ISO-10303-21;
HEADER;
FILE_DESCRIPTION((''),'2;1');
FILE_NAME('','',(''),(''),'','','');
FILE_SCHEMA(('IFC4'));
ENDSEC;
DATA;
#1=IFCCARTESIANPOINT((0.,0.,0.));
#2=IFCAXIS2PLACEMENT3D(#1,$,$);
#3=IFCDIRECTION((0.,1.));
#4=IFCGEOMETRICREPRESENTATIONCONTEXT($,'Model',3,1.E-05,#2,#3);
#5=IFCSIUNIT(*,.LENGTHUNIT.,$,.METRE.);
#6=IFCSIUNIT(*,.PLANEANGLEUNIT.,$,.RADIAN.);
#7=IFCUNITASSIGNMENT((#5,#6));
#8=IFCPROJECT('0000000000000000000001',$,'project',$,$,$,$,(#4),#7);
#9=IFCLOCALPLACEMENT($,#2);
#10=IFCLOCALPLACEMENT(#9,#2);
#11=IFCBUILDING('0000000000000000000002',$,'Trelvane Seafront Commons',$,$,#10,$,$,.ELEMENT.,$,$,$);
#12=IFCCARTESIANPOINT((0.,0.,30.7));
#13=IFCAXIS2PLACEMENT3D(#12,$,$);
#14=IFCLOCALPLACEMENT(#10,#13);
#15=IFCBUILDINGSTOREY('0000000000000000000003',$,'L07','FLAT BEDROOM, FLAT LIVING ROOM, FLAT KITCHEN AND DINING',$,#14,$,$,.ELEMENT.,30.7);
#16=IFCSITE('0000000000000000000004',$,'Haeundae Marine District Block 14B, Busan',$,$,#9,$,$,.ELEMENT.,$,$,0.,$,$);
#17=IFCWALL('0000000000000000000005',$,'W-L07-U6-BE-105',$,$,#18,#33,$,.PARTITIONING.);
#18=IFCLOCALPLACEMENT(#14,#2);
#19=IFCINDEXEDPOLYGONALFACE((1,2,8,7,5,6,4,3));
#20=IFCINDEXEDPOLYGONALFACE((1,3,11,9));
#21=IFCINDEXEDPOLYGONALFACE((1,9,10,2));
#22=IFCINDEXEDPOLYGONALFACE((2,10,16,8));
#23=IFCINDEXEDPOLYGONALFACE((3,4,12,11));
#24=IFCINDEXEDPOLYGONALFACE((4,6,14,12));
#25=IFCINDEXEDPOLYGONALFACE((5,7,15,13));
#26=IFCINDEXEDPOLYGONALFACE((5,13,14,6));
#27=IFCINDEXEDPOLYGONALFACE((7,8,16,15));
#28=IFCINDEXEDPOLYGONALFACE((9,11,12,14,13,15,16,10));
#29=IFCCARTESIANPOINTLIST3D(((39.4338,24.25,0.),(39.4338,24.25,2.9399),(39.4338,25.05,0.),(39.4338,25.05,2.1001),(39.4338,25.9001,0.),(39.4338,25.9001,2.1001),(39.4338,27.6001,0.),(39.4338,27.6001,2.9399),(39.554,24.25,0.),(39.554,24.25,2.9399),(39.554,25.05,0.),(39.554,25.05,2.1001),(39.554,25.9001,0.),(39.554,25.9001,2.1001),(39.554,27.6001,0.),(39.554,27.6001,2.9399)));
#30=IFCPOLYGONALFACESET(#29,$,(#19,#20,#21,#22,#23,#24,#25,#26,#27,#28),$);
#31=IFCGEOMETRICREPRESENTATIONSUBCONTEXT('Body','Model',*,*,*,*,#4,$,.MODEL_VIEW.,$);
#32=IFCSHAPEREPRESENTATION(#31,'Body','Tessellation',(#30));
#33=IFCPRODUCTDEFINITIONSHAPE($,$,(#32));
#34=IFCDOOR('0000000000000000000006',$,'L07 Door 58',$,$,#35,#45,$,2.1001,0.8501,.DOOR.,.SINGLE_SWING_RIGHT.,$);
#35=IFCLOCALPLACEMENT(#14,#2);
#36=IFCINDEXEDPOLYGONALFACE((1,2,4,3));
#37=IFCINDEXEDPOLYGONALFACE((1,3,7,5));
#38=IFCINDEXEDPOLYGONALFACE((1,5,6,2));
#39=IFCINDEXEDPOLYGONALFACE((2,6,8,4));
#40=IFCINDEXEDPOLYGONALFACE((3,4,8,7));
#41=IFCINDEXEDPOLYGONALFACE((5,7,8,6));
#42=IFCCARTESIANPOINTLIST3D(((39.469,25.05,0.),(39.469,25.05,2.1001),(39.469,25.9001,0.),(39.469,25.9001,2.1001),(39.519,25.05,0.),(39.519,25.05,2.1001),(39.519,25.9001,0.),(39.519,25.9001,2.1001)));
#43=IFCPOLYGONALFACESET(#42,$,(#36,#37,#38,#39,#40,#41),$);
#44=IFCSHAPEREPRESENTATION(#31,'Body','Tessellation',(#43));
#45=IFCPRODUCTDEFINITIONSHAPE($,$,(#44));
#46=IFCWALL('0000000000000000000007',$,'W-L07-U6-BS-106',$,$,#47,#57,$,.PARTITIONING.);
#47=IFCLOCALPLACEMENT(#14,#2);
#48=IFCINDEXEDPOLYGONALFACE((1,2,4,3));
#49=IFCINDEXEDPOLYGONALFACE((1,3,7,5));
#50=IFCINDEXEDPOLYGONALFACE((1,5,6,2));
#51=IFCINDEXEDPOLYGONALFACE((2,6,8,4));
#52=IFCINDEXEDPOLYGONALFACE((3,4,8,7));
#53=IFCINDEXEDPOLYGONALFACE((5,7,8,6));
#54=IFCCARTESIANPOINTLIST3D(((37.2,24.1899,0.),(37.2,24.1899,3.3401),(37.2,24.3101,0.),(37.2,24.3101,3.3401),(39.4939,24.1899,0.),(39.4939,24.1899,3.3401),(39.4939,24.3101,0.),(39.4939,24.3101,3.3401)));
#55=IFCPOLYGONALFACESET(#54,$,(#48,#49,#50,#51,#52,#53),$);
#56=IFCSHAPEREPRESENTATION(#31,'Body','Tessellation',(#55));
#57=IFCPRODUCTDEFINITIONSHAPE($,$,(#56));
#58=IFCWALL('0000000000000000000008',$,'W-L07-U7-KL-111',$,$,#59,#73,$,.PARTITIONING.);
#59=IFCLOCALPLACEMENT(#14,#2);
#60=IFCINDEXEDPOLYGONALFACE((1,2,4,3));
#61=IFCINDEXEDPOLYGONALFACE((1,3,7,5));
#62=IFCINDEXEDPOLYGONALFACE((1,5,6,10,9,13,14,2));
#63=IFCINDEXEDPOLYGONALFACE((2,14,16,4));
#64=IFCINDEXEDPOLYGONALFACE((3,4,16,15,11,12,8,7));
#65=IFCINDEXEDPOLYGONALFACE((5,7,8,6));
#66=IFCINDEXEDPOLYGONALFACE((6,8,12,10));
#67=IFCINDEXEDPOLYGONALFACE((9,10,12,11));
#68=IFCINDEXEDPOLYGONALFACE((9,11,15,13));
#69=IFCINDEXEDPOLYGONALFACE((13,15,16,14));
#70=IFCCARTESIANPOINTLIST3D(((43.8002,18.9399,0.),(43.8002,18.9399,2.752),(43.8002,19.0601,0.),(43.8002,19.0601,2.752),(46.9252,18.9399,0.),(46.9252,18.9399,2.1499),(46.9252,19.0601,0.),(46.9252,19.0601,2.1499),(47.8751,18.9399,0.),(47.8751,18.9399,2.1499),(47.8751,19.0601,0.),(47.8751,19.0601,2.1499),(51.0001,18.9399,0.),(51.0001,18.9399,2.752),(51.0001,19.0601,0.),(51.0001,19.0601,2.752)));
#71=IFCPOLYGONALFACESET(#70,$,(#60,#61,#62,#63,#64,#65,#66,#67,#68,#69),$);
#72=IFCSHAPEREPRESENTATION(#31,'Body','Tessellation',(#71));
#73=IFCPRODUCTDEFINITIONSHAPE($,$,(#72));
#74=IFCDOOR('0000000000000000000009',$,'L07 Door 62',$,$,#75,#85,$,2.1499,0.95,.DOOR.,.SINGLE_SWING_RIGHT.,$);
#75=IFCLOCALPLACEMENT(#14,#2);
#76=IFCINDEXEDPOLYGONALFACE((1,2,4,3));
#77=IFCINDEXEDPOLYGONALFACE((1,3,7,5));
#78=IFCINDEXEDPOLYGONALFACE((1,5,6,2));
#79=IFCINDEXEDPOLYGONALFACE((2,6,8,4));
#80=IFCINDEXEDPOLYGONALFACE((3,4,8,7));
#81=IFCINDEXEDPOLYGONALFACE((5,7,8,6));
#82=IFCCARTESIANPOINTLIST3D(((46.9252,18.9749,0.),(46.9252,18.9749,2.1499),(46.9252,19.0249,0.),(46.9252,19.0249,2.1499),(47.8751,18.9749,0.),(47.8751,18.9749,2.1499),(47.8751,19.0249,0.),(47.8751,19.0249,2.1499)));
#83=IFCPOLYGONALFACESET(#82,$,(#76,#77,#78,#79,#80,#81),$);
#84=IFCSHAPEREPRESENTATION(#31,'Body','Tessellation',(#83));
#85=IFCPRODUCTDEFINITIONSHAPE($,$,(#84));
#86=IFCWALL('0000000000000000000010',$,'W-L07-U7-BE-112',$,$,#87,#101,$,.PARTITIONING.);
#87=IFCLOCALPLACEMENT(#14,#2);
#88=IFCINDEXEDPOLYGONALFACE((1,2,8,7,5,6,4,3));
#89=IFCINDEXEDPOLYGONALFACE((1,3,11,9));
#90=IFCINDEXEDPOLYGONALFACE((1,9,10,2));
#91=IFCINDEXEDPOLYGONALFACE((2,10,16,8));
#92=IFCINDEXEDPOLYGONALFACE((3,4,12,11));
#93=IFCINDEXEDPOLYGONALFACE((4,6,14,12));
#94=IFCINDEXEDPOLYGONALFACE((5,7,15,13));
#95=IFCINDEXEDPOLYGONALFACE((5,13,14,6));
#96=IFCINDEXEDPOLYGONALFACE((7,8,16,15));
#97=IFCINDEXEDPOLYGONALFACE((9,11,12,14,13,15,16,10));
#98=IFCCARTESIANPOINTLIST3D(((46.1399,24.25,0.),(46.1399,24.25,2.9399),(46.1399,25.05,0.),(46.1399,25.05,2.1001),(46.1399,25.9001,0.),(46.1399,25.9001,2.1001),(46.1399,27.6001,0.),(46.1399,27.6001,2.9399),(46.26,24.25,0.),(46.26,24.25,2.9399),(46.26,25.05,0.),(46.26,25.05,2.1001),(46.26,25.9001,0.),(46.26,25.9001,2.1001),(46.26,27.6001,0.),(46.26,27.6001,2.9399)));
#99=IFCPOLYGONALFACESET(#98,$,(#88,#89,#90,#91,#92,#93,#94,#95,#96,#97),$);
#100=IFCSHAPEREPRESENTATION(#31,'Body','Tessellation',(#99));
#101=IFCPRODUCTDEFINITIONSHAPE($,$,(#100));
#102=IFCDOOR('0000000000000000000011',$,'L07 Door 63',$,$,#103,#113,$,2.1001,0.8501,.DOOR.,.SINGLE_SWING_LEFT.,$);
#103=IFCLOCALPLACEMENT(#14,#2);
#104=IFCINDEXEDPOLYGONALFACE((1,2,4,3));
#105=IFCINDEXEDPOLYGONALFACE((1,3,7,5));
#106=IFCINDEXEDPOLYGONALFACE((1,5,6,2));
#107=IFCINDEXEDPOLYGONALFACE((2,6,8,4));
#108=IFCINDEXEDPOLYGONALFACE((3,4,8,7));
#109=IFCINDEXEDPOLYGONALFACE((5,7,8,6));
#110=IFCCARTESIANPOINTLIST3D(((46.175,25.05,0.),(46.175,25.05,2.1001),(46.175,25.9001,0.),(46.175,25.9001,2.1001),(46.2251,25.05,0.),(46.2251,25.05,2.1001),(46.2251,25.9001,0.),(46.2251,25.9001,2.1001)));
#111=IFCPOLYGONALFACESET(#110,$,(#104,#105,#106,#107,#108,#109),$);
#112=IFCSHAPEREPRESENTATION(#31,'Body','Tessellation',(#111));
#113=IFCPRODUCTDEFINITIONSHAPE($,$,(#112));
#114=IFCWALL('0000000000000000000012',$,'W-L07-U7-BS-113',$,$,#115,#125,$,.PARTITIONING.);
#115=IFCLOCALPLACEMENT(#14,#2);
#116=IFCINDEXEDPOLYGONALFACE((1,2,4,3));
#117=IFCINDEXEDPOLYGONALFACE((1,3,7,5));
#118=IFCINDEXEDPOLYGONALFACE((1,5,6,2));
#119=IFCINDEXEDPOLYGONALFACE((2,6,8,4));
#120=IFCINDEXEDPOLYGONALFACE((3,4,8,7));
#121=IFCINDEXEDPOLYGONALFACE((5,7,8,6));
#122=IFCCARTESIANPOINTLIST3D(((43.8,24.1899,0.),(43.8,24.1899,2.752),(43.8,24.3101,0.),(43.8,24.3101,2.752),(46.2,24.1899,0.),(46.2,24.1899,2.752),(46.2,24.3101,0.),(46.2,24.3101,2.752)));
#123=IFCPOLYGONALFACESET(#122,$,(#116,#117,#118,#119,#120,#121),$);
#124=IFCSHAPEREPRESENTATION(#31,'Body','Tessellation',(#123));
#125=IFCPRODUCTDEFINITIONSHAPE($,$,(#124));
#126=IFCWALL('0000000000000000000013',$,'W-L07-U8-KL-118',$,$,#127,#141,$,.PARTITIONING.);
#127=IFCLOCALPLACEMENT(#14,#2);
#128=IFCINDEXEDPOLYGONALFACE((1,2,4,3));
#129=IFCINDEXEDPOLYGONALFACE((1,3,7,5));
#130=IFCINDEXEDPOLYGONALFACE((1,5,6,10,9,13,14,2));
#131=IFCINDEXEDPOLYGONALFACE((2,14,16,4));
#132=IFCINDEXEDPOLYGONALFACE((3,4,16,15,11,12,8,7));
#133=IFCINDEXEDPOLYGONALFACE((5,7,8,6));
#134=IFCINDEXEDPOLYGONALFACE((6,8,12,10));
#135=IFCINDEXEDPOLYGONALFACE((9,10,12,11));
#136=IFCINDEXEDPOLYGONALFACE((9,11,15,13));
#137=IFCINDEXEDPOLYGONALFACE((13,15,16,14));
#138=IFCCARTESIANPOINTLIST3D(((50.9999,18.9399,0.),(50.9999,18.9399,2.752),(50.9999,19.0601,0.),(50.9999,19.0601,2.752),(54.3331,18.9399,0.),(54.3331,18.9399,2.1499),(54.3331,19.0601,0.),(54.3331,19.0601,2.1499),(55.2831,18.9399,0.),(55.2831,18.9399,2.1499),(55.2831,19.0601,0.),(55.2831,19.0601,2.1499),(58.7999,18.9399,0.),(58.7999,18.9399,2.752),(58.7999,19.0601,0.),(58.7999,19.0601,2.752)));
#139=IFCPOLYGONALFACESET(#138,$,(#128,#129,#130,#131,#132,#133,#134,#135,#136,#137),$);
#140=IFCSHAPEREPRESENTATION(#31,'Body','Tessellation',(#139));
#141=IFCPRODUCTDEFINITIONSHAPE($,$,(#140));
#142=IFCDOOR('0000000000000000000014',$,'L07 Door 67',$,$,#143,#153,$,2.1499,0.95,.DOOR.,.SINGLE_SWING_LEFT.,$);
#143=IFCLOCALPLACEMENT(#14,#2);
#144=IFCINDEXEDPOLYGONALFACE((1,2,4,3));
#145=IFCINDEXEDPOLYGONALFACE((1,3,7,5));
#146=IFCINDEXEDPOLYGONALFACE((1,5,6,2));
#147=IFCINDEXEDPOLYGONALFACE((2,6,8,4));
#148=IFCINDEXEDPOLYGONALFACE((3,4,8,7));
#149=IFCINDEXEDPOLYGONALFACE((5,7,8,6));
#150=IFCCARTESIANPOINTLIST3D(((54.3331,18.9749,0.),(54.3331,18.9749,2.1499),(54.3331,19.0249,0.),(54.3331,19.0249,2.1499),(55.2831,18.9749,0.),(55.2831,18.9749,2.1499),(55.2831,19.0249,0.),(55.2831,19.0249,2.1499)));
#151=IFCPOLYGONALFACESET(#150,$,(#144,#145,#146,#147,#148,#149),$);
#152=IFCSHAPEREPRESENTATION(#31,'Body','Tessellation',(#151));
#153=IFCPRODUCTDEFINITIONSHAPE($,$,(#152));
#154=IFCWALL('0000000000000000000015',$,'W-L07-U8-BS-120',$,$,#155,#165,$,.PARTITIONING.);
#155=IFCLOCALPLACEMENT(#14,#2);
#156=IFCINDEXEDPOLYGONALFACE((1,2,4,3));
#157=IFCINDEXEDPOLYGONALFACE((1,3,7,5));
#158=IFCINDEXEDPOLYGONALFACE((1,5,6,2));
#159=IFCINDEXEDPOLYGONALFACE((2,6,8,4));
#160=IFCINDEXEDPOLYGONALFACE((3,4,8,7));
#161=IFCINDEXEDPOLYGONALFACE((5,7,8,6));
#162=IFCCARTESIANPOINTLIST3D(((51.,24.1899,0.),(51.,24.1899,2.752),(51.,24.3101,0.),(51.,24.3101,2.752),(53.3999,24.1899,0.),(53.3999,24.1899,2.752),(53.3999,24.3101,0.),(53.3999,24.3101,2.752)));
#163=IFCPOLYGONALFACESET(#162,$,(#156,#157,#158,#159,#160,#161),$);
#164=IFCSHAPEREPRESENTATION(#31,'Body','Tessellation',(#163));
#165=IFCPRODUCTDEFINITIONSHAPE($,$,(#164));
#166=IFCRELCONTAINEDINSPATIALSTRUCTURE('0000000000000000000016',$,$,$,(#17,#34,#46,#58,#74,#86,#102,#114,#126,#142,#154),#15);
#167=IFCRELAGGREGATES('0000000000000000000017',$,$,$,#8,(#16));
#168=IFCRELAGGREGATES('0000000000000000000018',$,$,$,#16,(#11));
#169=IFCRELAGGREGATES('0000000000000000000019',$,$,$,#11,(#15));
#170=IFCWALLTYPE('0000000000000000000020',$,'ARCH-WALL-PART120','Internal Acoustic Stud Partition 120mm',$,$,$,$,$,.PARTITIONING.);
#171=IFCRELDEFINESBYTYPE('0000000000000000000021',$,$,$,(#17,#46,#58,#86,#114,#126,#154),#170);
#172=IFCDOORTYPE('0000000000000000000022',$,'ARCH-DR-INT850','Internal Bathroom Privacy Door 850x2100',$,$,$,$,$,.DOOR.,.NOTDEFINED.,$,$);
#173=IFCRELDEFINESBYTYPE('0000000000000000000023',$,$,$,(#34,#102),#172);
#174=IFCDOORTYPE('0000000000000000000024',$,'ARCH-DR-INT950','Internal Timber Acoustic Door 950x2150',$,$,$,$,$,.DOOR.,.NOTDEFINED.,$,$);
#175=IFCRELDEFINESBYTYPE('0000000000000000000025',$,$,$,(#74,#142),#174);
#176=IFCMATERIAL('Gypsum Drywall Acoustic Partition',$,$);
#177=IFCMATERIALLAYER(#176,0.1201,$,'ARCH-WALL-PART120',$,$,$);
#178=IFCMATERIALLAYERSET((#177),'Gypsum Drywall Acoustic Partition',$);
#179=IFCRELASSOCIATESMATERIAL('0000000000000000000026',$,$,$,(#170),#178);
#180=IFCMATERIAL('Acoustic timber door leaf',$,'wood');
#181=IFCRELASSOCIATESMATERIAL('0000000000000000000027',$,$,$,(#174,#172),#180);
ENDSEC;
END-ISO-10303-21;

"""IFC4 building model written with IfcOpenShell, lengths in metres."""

from ifc_helpers import new_model, si_unit, direction, frame, frame_2d, origin, place, context, subcontext, project, spatial, rectangle, extrude, source, transform, mapped, material, layer, layer_set, type_object, element, fill, save


model = new_model("IFC4")

# Units and contexts
model_context = context("Model", 3, precision=1e-05, world=origin(), true_north=direction((0.0, 1.0)))
body_context = subcontext(model_context, "Body", "Model", "MODEL_VIEW")
ifc_project = project(units=[si_unit("LENGTHUNIT", "METRE"), si_unit("PLANEANGLEUNIT", "RADIAN")], contexts=[model_context])

# Site, building, storey
site_placement = place(None, origin())
site = spatial("IfcSite", under=ifc_project, at=site_placement, Name="Haeundae Marine District Block 14B, Busan", CompositionType="ELEMENT", RefElevation=0.0)
building_placement = place(site_placement, origin())
building = spatial("IfcBuilding", under=site, at=building_placement, Name="Trelvane Seafront Commons", CompositionType="ELEMENT")
storey_placement = place(building_placement, frame((0.0, 0.0, 30.7)))
storey = spatial("IfcBuildingStorey", under=building, at=storey_placement, Name="L07", Description="FLAT BEDROOM, FLAT LIVING ROOM, FLAT KITCHEN AND DINING", CompositionType="ELEMENT", Elevation=30.7)

# Wall, opening, door
ifc_material_1 = material(Name="Gypsum Drywall Acoustic Partition")
ifc_layer = layer(ifc_material_1, 0.1201, Name="ARCH-WALL-PART120")
ifc_layer_set = layer_set([ifc_layer], Name="Gypsum Drywall Acoustic Partition")
wall_type = type_object("IfcWallType", Name="ARCH-WALL-PART120", Description="Internal Acoustic Stud Partition 120mm", PredefinedType="PARTITIONING", material=ifc_layer_set)
ifc_material_2 = material(Name="Acoustic timber door leaf", Category="wood")
door_type_1 = type_object("IfcDoorType", Name="ARCH-DR-INT950", Description="Internal Timber Acoustic Door 950x2150", OperationType="NOTDEFINED", PredefinedType="DOOR", material=ifc_material_2)
shared_shape_1 = source(origin(), body_context, "Body", "SweptSolid", [
    extrude(rectangle(XDim=0.95, YDim=2.1499, at=frame_2d((0.4751, 1.075))), frame((0.0, 0.0249, 0.0), z_axis=(0.0, -1.0, 0.0), x_axis=(1.0, 0.0, 0.0)), (0.0, 0.0, 1.0), 0.05),
])
wall_1_placement = place(storey_placement, frame((39.4939, 24.25, 0.0), z_axis=(0.0, 0.0, 1.0), x_axis=(0.0, 1.0, 0.0)))
wall_1 = element("IfcWall", 1, at=wall_1_placement, inside=storey, type_object=wall_type, Name="W-L07-U6-BE-105", PredefinedType="PARTITIONING", context=body_context, shape_type="SweptSolid", body=[
    extrude(rectangle(XDim=3.3501, YDim=0.1201, at=frame_2d((1.675, 0.0))), origin(), (0.0, 0.0, 1.0), 2.9399),
])
opening_1_placement = place(wall_1_placement, frame((0.8, 0.0, 0.0)))
opening_1 = element("IfcOpeningElement", 2, at=opening_1_placement, cuts=wall_1, PredefinedType="OPENING", context=body_context, shape_type="SweptSolid", body=[
    extrude(rectangle(XDim=0.8501, YDim=2.1001, at=frame_2d((0.425, 1.05))), frame((0.0, 0.0701, 0.0), z_axis=(0.0, -1.0, 0.0), x_axis=(1.0, 0.0, 0.0)), (0.0, 0.0, 1.0), 0.1401),
])
door_type_2 = type_object("IfcDoorType", Name="ARCH-DR-INT850", Description="Internal Bathroom Privacy Door 850x2100", OperationType="NOTDEFINED", PredefinedType="DOOR", material=ifc_material_2)
shared_shape_2 = source(origin(), body_context, "Body", "SweptSolid", [
    extrude(rectangle(XDim=0.8501, YDim=2.1001, at=frame_2d((0.425, 1.05))), frame((0.0, 0.0249, 0.0), z_axis=(0.0, -1.0, 0.0), x_axis=(1.0, 0.0, 0.0)), (0.0, 0.0, 1.0), 0.05),
])
door_1_placement = place(opening_1_placement, origin())
door_1 = element("IfcDoor", 3, at=door_1_placement, inside=storey, type_object=door_type_2, Name="L07 Door 58", OperationType="SINGLE_SWING_RIGHT", OverallHeight=2.1001, OverallWidth=0.8501, PredefinedType="DOOR", context=body_context, shape_type="MappedRepresentation", body=[
    mapped(shared_shape_2, transform((0.0, 0.0, 0.0), x_axis=(1.0, 0.0, 0.0), y_axis=(0.0, 1.0, 0.0), z_axis=(0.0, 0.0, 1.0), scale=1.0)),
])
fill(opening_1, door_1)

# Wall
wall_2_placement = place(storey_placement, frame((37.2, 24.25, 0.0), z_axis=(0.0, 0.0, 1.0), x_axis=(1.0, 0.0, 0.0)))
element("IfcWall", 4, at=wall_2_placement, inside=storey, type_object=wall_type, Name="W-L07-U6-BS-106", PredefinedType="PARTITIONING", context=body_context, shape_type="SweptSolid", body=[
    extrude(rectangle(XDim=2.2939, YDim=0.1201, at=frame_2d((1.147, 0.0))), origin(), (0.0, 0.0, 1.0), 3.3401),
])

# Walls, openings, doors
wall_3_placement = place(storey_placement, frame((43.8, 19.0, 0.0), z_axis=(0.0, 0.0, 1.0), x_axis=(1.0, 0.0, 0.0)))
wall_3 = element("IfcWall", 5, at=wall_3_placement, inside=storey, type_object=wall_type, Name="W-L07-U7-KL-111", PredefinedType="PARTITIONING", context=body_context, shape_type="SweptSolid", body=[
    extrude(rectangle(XDim=7.2, YDim=0.1201, at=frame_2d((3.6001, 0.0))), origin(), (0.0, 0.0, 1.0), 2.752),
])
opening_2_placement = place(wall_3_placement, frame((3.125, 0.0, 0.0)))
opening_2 = element("IfcOpeningElement", 6, at=opening_2_placement, cuts=wall_3, PredefinedType="OPENING", context=body_context, shape_type="SweptSolid", body=[
    extrude(rectangle(XDim=0.95, YDim=2.1499, at=frame_2d((0.4751, 1.075))), frame((0.0, 0.0701, 0.0), z_axis=(0.0, -1.0, 0.0), x_axis=(1.0, 0.0, 0.0)), (0.0, 0.0, 1.0), 0.1401),
])
door_2_placement = place(opening_2_placement, origin())
door_2 = element("IfcDoor", 7, at=door_2_placement, inside=storey, type_object=door_type_1, Name="L07 Door 62", OperationType="SINGLE_SWING_RIGHT", OverallHeight=2.1499, OverallWidth=0.95, PredefinedType="DOOR", context=body_context, shape_type="MappedRepresentation", body=[
    mapped(shared_shape_1, transform((0.0, 0.0, 0.0), x_axis=(1.0, 0.0, 0.0), y_axis=(0.0, 1.0, 0.0), z_axis=(0.0, 0.0, 1.0), scale=1.0)),
])
fill(opening_2, door_2)
wall_4_placement = place(storey_placement, frame((46.2, 24.25, 0.0), z_axis=(0.0, 0.0, 1.0), x_axis=(0.0, 1.0, 0.0)))
wall_4 = element("IfcWall", 8, at=wall_4_placement, inside=storey, type_object=wall_type, Name="W-L07-U7-BE-112", PredefinedType="PARTITIONING", context=body_context, shape_type="SweptSolid", body=[
    extrude(rectangle(XDim=3.3501, YDim=0.1201, at=frame_2d((1.675, 0.0))), origin(), (0.0, 0.0, 1.0), 2.9399),
])
opening_3_placement = place(wall_4_placement, frame((0.8, 0.0, 0.0)))
opening_3 = element("IfcOpeningElement", 9, at=opening_3_placement, cuts=wall_4, PredefinedType="OPENING", context=body_context, shape_type="SweptSolid", body=[
    extrude(rectangle(XDim=0.8501, YDim=2.1001, at=frame_2d((0.425, 1.05))), frame((0.0, 0.0701, 0.0), z_axis=(0.0, -1.0, 0.0), x_axis=(1.0, 0.0, 0.0)), (0.0, 0.0, 1.0), 0.1401),
])
door_3_placement = place(opening_3_placement, origin())
door_3 = element("IfcDoor", 10, at=door_3_placement, inside=storey, type_object=door_type_2, Name="L07 Door 63", OperationType="SINGLE_SWING_LEFT", OverallHeight=2.1001, OverallWidth=0.8501, PredefinedType="DOOR", context=body_context, shape_type="MappedRepresentation", body=[
    mapped(shared_shape_2, transform((0.0, 0.0, 0.0), x_axis=(1.0, 0.0, 0.0), y_axis=(0.0, 1.0, 0.0), z_axis=(0.0, 0.0, 1.0), scale=1.0)),
])
fill(opening_3, door_3)

# Wall
wall_5_placement = place(storey_placement, frame((43.8, 24.25, 0.0), z_axis=(0.0, 0.0, 1.0), x_axis=(1.0, 0.0, 0.0)))
element("IfcWall", 11, at=wall_5_placement, inside=storey, type_object=wall_type, Name="W-L07-U7-BS-113", PredefinedType="PARTITIONING", context=body_context, shape_type="SweptSolid", body=[
    extrude(rectangle(XDim=2.3999, YDim=0.1201, at=frame_2d((1.2, 0.0))), origin(), (0.0, 0.0, 1.0), 2.752),
])

# Wall, opening, door
wall_6_placement = place(storey_placement, frame((51.0, 19.0, 0.0), z_axis=(0.0, 0.0, 1.0), x_axis=(1.0, 0.0, 0.0)))
wall_6 = element("IfcWall", 12, at=wall_6_placement, inside=storey, type_object=wall_type, Name="W-L07-U8-KL-118", PredefinedType="PARTITIONING", context=body_context, shape_type="SweptSolid", body=[
    extrude(rectangle(XDim=7.8, YDim=0.1201, at=frame_2d((3.8999, 0.0))), origin(), (0.0, 0.0, 1.0), 2.752),
])
opening_4_placement = place(wall_6_placement, frame((3.333, 0.0, 0.0)))
opening_4 = element("IfcOpeningElement", 13, at=opening_4_placement, cuts=wall_6, PredefinedType="OPENING", context=body_context, shape_type="SweptSolid", body=[
    extrude(rectangle(XDim=0.95, YDim=2.1499, at=frame_2d((0.4751, 1.075))), frame((0.0, 0.0701, 0.0), z_axis=(0.0, -1.0, 0.0), x_axis=(1.0, 0.0, 0.0)), (0.0, 0.0, 1.0), 0.1401),
])
door_4_placement = place(opening_4_placement, origin())
door_4 = element("IfcDoor", 14, at=door_4_placement, inside=storey, type_object=door_type_1, Name="L07 Door 67", OperationType="SINGLE_SWING_LEFT", OverallHeight=2.1499, OverallWidth=0.95, PredefinedType="DOOR", context=body_context, shape_type="MappedRepresentation", body=[
    mapped(shared_shape_1, transform((0.0, 0.0, 0.0), x_axis=(1.0, 0.0, 0.0), y_axis=(0.0, 1.0, 0.0), z_axis=(0.0, 0.0, 1.0), scale=1.0)),
])
fill(opening_4, door_4)

# Wall
wall_7_placement = place(storey_placement, frame((51.0, 24.25, 0.0), z_axis=(0.0, 0.0, 1.0), x_axis=(1.0, 0.0, 0.0)))
element("IfcWall", 15, at=wall_7_placement, inside=storey, type_object=wall_type, Name="W-L07-U8-BS-120", PredefinedType="PARTITIONING", context=body_context, shape_type="SweptSolid", body=[
    extrude(rectangle(XDim=2.3999, YDim=0.1201, at=frame_2d((1.2, 0.0))), origin(), (0.0, 0.0, 1.0), 2.752),
])

save(model, "model.ifc")
